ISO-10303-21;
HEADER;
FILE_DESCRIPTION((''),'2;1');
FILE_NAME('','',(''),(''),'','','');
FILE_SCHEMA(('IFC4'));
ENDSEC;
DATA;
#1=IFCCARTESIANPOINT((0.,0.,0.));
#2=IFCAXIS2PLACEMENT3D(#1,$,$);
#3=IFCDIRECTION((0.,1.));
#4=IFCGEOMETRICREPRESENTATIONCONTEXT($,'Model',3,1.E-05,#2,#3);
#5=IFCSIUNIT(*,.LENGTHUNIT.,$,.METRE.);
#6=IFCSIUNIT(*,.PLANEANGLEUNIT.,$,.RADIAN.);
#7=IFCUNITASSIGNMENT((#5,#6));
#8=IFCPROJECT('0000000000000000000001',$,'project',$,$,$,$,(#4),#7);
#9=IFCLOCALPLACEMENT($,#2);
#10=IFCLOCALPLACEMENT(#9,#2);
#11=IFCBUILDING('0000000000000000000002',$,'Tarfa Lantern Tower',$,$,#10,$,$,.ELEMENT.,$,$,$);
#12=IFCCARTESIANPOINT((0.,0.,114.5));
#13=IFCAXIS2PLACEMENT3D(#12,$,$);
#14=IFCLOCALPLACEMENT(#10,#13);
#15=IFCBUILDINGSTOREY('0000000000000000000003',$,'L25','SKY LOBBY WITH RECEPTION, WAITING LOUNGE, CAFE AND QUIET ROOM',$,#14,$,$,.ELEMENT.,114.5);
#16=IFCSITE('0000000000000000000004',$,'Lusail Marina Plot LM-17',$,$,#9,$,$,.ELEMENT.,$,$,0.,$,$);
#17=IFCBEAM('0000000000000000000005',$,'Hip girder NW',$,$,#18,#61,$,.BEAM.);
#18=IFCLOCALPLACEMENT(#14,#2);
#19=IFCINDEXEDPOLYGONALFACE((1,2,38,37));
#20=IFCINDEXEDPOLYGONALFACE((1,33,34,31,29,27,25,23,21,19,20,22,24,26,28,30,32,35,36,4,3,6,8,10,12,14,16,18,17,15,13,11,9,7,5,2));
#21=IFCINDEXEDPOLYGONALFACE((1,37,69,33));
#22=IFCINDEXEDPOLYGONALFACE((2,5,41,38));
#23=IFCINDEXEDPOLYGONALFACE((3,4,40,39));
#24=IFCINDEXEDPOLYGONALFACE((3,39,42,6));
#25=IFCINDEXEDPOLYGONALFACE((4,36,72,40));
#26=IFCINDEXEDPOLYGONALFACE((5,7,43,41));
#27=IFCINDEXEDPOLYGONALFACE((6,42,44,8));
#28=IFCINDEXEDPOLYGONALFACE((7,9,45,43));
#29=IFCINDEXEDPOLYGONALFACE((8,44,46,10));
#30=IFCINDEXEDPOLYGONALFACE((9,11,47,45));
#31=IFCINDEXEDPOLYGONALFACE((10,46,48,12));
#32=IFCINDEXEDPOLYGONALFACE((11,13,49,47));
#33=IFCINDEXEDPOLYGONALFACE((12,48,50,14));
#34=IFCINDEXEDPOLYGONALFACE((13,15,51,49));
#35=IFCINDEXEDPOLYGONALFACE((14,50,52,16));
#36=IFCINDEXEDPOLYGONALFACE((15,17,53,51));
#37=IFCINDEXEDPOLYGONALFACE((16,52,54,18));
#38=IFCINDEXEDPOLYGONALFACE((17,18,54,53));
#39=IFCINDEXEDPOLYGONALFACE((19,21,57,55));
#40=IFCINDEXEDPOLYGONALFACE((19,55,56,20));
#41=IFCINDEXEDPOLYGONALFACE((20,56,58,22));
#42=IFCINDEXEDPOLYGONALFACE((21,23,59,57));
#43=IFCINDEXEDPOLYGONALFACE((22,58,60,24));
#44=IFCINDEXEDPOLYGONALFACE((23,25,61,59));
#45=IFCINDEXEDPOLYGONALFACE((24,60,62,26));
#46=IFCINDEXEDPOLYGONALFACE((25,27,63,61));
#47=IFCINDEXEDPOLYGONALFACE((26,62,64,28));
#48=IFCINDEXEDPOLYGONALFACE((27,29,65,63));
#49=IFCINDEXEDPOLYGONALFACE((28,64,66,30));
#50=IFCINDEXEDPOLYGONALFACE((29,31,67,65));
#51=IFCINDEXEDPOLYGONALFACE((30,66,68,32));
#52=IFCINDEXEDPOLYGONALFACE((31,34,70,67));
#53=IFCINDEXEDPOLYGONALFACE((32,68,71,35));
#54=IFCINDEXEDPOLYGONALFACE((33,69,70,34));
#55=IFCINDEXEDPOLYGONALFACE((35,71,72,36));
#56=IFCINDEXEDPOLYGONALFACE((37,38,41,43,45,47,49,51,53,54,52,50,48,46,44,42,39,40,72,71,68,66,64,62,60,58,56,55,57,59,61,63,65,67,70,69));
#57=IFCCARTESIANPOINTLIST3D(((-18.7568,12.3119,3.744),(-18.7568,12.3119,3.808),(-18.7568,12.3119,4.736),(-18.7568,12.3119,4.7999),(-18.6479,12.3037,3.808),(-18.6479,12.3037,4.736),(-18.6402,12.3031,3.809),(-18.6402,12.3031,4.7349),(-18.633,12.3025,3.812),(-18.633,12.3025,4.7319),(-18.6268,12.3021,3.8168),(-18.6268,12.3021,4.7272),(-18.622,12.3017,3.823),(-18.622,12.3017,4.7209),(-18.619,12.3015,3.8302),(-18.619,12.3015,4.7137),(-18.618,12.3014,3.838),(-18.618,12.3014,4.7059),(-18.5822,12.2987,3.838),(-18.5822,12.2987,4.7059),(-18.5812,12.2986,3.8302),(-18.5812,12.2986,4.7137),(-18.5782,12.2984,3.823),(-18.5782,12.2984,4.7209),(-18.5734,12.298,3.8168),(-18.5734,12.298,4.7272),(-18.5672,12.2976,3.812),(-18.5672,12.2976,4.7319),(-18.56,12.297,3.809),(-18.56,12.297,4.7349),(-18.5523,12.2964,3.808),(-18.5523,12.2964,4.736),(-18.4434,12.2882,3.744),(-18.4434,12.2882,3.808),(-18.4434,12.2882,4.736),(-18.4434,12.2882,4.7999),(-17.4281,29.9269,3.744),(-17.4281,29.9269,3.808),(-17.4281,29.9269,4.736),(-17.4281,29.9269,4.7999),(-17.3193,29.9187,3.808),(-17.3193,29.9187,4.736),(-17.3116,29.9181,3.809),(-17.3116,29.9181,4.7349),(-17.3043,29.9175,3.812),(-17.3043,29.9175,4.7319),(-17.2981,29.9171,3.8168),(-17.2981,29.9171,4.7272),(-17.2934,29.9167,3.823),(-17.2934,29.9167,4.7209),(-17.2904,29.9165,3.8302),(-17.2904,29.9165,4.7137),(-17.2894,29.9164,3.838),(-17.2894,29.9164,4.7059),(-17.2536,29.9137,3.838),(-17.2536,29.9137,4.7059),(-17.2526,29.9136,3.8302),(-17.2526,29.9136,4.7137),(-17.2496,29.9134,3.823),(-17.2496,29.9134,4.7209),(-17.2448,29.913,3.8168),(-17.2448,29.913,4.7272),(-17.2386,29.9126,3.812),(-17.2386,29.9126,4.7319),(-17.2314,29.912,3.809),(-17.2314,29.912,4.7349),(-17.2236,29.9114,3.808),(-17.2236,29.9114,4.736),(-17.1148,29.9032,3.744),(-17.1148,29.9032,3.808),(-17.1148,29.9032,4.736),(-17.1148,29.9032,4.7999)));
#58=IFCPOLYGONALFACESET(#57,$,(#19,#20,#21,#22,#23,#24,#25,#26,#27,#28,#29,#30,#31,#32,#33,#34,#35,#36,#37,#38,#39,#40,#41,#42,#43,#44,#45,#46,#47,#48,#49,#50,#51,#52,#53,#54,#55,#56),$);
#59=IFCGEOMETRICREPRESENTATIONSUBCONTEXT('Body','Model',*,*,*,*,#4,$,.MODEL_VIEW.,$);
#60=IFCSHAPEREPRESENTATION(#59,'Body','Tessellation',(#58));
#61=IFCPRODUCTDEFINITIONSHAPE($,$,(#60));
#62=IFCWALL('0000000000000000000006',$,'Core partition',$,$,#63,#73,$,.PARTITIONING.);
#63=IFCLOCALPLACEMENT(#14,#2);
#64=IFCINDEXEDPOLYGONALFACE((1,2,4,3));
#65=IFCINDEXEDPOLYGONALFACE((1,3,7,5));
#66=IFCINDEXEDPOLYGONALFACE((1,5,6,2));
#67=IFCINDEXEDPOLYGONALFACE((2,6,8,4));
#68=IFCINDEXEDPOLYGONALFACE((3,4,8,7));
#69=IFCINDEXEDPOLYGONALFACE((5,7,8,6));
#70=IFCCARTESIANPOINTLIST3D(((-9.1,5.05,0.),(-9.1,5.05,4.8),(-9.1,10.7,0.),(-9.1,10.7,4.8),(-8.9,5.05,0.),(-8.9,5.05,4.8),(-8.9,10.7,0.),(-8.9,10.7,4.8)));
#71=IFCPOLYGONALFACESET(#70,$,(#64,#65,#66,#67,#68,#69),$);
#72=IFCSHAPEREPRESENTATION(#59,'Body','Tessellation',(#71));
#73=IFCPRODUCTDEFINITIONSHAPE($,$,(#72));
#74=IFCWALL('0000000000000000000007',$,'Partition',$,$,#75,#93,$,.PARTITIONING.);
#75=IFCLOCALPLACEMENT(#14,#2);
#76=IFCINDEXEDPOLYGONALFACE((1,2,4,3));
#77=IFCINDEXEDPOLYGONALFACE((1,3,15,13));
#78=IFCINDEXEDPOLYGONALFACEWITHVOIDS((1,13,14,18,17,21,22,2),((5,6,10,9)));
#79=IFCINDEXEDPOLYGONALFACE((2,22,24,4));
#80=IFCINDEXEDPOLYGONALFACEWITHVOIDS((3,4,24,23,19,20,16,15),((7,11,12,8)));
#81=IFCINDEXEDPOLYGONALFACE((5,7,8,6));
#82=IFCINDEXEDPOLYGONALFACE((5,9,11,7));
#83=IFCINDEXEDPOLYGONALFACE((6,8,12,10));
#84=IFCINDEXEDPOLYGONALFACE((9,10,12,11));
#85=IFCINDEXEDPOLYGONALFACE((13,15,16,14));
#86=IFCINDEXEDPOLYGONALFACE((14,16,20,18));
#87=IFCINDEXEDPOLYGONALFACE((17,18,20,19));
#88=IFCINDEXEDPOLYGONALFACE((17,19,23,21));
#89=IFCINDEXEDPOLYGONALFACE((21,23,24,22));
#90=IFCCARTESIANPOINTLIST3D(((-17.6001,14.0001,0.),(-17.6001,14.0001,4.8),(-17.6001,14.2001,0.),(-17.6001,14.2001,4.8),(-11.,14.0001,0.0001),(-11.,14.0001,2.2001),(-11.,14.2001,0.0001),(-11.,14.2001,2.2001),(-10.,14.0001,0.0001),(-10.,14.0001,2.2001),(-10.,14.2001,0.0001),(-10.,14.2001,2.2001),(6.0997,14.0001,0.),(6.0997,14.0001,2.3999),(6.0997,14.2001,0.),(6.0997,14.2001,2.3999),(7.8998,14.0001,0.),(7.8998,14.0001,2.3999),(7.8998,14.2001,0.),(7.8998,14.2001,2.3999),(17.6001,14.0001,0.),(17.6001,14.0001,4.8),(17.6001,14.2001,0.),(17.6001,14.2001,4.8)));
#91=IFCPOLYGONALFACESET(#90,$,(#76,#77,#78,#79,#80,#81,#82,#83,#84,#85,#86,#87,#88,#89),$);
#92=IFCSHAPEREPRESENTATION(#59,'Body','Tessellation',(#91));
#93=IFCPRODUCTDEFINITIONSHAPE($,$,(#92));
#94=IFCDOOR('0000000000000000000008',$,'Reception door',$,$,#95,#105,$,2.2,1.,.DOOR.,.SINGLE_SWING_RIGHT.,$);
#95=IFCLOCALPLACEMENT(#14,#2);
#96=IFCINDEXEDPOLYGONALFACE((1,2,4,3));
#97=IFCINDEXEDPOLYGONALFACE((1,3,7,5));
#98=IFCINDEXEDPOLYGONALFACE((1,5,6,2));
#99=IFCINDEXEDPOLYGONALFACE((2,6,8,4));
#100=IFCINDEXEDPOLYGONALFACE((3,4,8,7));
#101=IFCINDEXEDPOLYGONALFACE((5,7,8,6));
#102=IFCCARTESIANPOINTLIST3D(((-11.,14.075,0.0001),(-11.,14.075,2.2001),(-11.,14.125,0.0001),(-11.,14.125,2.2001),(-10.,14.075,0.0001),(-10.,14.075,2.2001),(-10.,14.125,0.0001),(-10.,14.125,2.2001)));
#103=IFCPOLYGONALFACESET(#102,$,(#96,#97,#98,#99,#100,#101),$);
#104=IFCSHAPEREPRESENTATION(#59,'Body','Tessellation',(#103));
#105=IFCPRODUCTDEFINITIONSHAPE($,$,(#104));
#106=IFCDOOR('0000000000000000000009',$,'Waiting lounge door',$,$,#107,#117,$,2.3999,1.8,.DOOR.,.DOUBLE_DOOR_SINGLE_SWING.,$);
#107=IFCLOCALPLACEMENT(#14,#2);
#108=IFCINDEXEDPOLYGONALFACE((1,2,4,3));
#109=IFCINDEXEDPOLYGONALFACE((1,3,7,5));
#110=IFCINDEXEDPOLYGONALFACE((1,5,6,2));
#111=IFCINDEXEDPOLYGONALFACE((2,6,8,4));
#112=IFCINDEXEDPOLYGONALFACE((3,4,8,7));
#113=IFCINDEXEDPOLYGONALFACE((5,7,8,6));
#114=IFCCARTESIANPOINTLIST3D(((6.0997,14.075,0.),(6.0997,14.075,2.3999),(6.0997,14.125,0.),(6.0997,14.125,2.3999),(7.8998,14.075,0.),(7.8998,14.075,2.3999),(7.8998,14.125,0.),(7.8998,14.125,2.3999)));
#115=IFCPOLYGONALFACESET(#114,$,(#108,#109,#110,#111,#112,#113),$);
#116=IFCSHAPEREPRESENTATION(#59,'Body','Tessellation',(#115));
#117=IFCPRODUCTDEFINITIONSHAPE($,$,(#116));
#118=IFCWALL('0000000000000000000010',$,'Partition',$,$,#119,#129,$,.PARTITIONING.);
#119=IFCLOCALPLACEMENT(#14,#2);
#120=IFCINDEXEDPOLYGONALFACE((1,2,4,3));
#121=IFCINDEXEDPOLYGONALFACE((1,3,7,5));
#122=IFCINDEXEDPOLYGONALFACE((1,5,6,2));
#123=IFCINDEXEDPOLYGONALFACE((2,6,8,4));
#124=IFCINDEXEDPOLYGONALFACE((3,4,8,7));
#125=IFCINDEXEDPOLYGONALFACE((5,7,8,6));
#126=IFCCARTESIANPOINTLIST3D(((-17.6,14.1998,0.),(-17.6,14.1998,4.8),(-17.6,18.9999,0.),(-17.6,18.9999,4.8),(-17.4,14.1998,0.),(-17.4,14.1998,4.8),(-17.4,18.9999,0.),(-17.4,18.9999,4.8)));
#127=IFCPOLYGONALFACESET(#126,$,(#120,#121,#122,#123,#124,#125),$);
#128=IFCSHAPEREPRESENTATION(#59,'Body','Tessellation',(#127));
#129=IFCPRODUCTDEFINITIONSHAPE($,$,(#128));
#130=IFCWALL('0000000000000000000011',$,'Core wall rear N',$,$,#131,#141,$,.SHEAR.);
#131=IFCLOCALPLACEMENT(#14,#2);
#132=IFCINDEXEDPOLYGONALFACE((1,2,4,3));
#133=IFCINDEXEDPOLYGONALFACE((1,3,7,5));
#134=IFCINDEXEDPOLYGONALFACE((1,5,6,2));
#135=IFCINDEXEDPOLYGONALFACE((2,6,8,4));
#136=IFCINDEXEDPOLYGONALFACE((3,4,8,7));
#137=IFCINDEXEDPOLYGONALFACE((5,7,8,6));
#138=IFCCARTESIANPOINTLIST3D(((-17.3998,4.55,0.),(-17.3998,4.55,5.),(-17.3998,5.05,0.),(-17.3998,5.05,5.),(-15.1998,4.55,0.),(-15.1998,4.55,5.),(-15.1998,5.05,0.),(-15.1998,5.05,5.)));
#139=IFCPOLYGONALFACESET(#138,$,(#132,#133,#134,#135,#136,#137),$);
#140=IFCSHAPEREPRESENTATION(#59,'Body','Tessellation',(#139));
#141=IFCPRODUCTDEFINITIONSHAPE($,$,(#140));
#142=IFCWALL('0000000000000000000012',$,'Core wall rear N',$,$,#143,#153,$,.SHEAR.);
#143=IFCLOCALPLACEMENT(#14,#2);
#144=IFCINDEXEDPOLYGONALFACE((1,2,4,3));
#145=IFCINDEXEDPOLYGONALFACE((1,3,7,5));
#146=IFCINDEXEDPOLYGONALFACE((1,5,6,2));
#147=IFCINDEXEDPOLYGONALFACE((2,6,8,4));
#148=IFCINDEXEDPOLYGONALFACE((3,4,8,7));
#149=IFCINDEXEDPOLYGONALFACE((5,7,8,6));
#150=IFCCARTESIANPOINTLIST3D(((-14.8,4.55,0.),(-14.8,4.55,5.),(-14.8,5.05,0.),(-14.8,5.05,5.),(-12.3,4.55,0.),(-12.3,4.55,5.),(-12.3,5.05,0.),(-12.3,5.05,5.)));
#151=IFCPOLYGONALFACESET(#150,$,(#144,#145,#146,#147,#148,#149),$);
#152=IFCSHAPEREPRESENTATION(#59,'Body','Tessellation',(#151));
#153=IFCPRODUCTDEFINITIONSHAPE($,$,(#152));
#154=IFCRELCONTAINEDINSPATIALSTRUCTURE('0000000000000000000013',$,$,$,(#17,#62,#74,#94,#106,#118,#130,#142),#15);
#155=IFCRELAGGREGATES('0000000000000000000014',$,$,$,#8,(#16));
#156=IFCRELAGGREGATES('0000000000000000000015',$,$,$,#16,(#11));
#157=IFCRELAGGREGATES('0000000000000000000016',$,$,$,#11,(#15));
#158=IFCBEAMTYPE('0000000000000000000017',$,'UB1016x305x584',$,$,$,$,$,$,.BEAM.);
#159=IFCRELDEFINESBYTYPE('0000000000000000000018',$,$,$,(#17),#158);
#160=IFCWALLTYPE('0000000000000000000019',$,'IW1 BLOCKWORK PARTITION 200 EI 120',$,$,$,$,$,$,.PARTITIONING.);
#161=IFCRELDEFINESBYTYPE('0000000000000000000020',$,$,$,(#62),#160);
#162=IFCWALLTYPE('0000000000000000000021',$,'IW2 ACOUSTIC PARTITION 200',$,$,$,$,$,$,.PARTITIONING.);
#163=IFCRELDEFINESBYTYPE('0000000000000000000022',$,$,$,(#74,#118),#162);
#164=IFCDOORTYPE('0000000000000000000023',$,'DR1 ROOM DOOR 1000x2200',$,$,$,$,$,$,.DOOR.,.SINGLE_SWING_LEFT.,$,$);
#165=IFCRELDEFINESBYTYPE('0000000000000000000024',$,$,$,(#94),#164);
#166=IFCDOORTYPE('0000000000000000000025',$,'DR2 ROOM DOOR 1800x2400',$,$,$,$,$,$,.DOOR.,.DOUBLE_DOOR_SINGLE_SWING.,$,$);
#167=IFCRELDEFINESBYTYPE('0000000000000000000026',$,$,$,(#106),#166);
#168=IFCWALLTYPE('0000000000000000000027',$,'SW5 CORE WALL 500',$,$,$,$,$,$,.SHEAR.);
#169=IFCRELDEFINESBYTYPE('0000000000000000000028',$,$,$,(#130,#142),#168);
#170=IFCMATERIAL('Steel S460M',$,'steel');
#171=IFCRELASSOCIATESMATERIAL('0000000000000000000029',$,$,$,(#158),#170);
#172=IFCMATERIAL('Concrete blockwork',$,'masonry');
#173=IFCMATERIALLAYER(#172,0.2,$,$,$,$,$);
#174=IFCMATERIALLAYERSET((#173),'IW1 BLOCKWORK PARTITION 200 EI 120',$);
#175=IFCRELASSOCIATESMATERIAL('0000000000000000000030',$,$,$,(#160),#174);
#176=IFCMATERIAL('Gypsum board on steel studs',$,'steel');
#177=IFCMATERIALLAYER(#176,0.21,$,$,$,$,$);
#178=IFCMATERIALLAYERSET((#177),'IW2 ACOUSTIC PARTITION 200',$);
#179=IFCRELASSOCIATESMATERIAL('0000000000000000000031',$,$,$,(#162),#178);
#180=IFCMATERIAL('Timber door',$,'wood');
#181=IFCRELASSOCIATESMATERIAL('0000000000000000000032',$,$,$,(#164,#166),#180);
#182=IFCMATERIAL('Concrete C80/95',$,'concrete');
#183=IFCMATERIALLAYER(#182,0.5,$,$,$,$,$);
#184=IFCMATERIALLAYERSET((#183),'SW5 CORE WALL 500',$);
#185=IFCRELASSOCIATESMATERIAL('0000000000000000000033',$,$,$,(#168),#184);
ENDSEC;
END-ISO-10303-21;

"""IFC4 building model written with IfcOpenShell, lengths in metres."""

from ifc_helpers import new_model, si_unit, direction, frame, frame_2d, origin, origin_2d, place, context, subcontext, project, spatial, rectangle, i_section, extrude, material, layer, layer_set, material_profile, profile_set, type_object, element, fill, save


model = new_model("IFC4")

# Units and contexts
model_context = context("Model", 3, precision=1e-05, world=origin(), true_north=direction((0.0, 1.0)))
body_context = subcontext(model_context, "Body", "Model", "MODEL_VIEW")
ifc_project = project(units=[si_unit("LENGTHUNIT", "METRE"), si_unit("PLANEANGLEUNIT", "RADIAN")], contexts=[model_context])

# Site, building, storey
site_placement = place(None, origin())
site = spatial("IfcSite", under=ifc_project, at=site_placement, Name="Lusail Marina Plot LM-17", CompositionType="ELEMENT", RefElevation=0.0)
building_placement = place(site_placement, origin())
building = spatial("IfcBuilding", under=site, at=building_placement, Name="Tarfa Lantern Tower", CompositionType="ELEMENT")
storey_placement = place(building_placement, frame((0.0, 0.0, 114.5)))
storey = spatial("IfcBuildingStorey", under=building, at=storey_placement, Name="L25", Description="SKY LOBBY WITH RECEPTION, WAITING LOUNGE, CAFE AND QUIET ROOM", CompositionType="ELEMENT", Elevation=114.5)

# Beam
ifc_material_1 = material(Name="Steel S460M", Category="steel")
ifc_material_profile = material_profile(ifc_material_1, i_section(OverallWidth=0.3142, OverallDepth=1.0559, WebThickness=0.0359, FlangeThickness=0.064, FilletRadius=0.03, at=origin_2d()), Name="UB1016x305x584")
ifc_profile_set = profile_set([ifc_material_profile], Name="Steel S460M")
beam_type = type_object("IfcBeamType", Name="UB1016x305x584", PredefinedType="BEAM", material=ifc_profile_set)
beam_placement = place(storey_placement, frame((-18.6001, 12.3, 4.272), z_axis=(0.075212, 0.997168, 0.0), x_axis=(-0.997168, 0.075212, 0.0)))
element("IfcBeam", 1, at=beam_placement, inside=storey, type_object=beam_type, Name="Hip girder NW", PredefinedType="BEAM", context=body_context, shape_type="SweptSolid", body=[
    extrude(i_section(OverallWidth=0.3142, OverallDepth=1.0559, WebThickness=0.0359, FlangeThickness=0.064, FilletRadius=0.03, at=origin_2d()), origin(), (0.0, 0.0, 1.0), 17.665),
])

# Wall
ifc_material_2 = material(Name="Concrete blockwork", Category="masonry")
ifc_layer_1 = layer(ifc_material_2, 0.2)
ifc_layer_set_1 = layer_set([ifc_layer_1], Name="IW1 BLOCKWORK PARTITION 200 EI 120")
wall_type_1 = type_object("IfcWallType", Name="IW1 BLOCKWORK PARTITION 200 EI 120", PredefinedType="PARTITIONING", material=ifc_layer_set_1)
wall_1_placement = place(storey_placement, frame((-9.0, 5.05, 0.0), z_axis=(0.0, 0.0, 1.0), x_axis=(0.0, 1.0, 0.0)))
element("IfcWall", 2, at=wall_1_placement, inside=storey, type_object=wall_type_1, Name="Core partition", PredefinedType="PARTITIONING", context=body_context, shape_type="SweptSolid", body=[
    extrude(rectangle(XDim=5.6499, YDim=0.2, at=frame_2d((2.825, 0.0))), origin(), (0.0, 0.0, 1.0), 4.8),
])

# Wall, openings, doors
ifc_material_3 = material(Name="Gypsum board on steel studs", Category="steel")
ifc_layer_2 = layer(ifc_material_3, 0.21)
ifc_layer_set_2 = layer_set([ifc_layer_2], Name="IW2 ACOUSTIC PARTITION 200")
wall_type_2 = type_object("IfcWallType", Name="IW2 ACOUSTIC PARTITION 200", PredefinedType="PARTITIONING", material=ifc_layer_set_2)
wall_2_placement = place(storey_placement, frame((-17.6001, 14.1001, 0.0), z_axis=(0.0, 0.0, 1.0), x_axis=(1.0, 0.0, 0.0)))
wall_2 = element("IfcWall", 3, at=wall_2_placement, inside=storey, type_object=wall_type_2, Name="Partition", PredefinedType="PARTITIONING", context=body_context, shape_type="SweptSolid", body=[
    extrude(rectangle(XDim=35.2002, YDim=0.2, at=frame_2d((17.6001, 0.0))), origin(), (0.0, 0.0, 1.0), 4.8),
])
opening_1_placement = place(wall_2_placement, frame((6.6001, 0.0, 0.0)))
opening_1 = element("IfcOpeningElement", 4, at=opening_1_placement, cuts=wall_2, PredefinedType="OPENING", context=body_context, shape_type="SweptSolid", body=[
    extrude(rectangle(XDim=1.0, YDim=2.2, at=frame_2d((0.5, 1.1001))), frame((0.0, 0.1099, 0.0), z_axis=(0.0, -1.0, 0.0), x_axis=(1.0, 0.0, 0.0)), (0.0, 0.0, 1.0), 0.22),
])
opening_2_placement = place(wall_2_placement, frame((23.7, 0.0, 0.0)))
opening_2 = element("IfcOpeningElement", 5, at=opening_2_placement, cuts=wall_2, PredefinedType="OPENING", context=body_context, shape_type="SweptSolid", body=[
    extrude(rectangle(XDim=1.8, YDim=2.3999, at=frame_2d((0.8999, 1.2))), frame((0.0, 0.1099, 0.0), z_axis=(0.0, -1.0, 0.0), x_axis=(1.0, 0.0, 0.0)), (0.0, 0.0, 1.0), 0.22),
])
ifc_material_4 = material(Name="Timber door", Category="wood")
door_type_1 = type_object("IfcDoorType", Name="DR1 ROOM DOOR 1000x2200", OperationType="SINGLE_SWING_LEFT", PredefinedType="DOOR", material=ifc_material_4)
door_1_placement = place(opening_1_placement, origin())
door_1 = element("IfcDoor", 6, at=door_1_placement, inside=storey, type_object=door_type_1, Name="Reception door", OperationType="SINGLE_SWING_RIGHT", OverallHeight=2.2, OverallWidth=1.0, PredefinedType="DOOR", context=body_context, shape_type="SweptSolid", body=[
    extrude(rectangle(XDim=1.0, YDim=2.2, at=frame_2d((0.5, 1.1001))), frame((0.0, 0.0249, 0.0), z_axis=(0.0, -1.0, 0.0), x_axis=(1.0, 0.0, 0.0)), (0.0, 0.0, 1.0), 0.05),
])
fill(opening_1, door_1)
door_type_2 = type_object("IfcDoorType", Name="DR2 ROOM DOOR 1800x2400", OperationType="DOUBLE_DOOR_SINGLE_SWING", PredefinedType="DOOR", material=ifc_material_4)
door_2_placement = place(opening_2_placement, origin())
door_2 = element("IfcDoor", 7, at=door_2_placement, inside=storey, type_object=door_type_2, Name="Waiting lounge door", OperationType="DOUBLE_DOOR_SINGLE_SWING", OverallHeight=2.3999, OverallWidth=1.8, PredefinedType="DOOR", context=body_context, shape_type="SweptSolid", body=[
    extrude(rectangle(XDim=1.8, YDim=2.3999, at=frame_2d((0.8999, 1.2))), frame((0.0, 0.0249, 0.0), z_axis=(0.0, -1.0, 0.0), x_axis=(1.0, 0.0, 0.0)), (0.0, 0.0, 1.0), 0.05),
])
fill(opening_2, door_2)

# Wall
wall_3_placement = place(storey_placement, frame((-17.5, 14.2, 0.0), z_axis=(0.0, 0.0, 1.0), x_axis=(0.0, 1.0, 0.0)))
element("IfcWall", 8, at=wall_3_placement, inside=storey, type_object=wall_type_2, Name="Partition", PredefinedType="PARTITIONING", context=body_context, shape_type="SweptSolid", body=[
    extrude(rectangle(XDim=4.8, YDim=0.2, at=frame_2d((2.3999, 0.0))), origin(), (0.0, 0.0, 1.0), 4.8),
])

# Shared definitions
ifc_material_5 = material(Name="Concrete C80/95", Category="concrete")

# Walls
ifc_layer_3 = layer(ifc_material_5, 0.5)
ifc_layer_set_3 = layer_set([ifc_layer_3], Name="SW5 CORE WALL 500")
wall_type_3 = type_object("IfcWallType", Name="SW5 CORE WALL 500", PredefinedType="SHEAR", material=ifc_layer_set_3)
wall_4_placement = place(storey_placement, frame((-17.3999, 4.8, 0.0), z_axis=(0.0, 0.0, 1.0), x_axis=(1.0, 0.0, 0.0)))
element("IfcWall", 9, at=wall_4_placement, inside=storey, type_object=wall_type_3, Name="Core wall rear N", PredefinedType="SHEAR", context=body_context, shape_type="SweptSolid", body=[
    extrude(rectangle(XDim=2.2, YDim=0.5, at=frame_2d((1.1001, 0.0))), origin(), (0.0, 0.0, 1.0), 5.0),
])
wall_5_placement = place(storey_placement, frame((-14.8, 4.8, 0.0), z_axis=(0.0, 0.0, 1.0), x_axis=(1.0, 0.0, 0.0)))
element("IfcWall", 10, at=wall_5_placement, inside=storey, type_object=wall_type_3, Name="Core wall rear N", PredefinedType="SHEAR", context=body_context, shape_type="SweptSolid", body=[
    extrude(rectangle(XDim=2.5, YDim=0.5, at=frame_2d((1.25, 0.0))), origin(), (0.0, 0.0, 1.0), 5.0),
])

save(model, "model.ifc")
